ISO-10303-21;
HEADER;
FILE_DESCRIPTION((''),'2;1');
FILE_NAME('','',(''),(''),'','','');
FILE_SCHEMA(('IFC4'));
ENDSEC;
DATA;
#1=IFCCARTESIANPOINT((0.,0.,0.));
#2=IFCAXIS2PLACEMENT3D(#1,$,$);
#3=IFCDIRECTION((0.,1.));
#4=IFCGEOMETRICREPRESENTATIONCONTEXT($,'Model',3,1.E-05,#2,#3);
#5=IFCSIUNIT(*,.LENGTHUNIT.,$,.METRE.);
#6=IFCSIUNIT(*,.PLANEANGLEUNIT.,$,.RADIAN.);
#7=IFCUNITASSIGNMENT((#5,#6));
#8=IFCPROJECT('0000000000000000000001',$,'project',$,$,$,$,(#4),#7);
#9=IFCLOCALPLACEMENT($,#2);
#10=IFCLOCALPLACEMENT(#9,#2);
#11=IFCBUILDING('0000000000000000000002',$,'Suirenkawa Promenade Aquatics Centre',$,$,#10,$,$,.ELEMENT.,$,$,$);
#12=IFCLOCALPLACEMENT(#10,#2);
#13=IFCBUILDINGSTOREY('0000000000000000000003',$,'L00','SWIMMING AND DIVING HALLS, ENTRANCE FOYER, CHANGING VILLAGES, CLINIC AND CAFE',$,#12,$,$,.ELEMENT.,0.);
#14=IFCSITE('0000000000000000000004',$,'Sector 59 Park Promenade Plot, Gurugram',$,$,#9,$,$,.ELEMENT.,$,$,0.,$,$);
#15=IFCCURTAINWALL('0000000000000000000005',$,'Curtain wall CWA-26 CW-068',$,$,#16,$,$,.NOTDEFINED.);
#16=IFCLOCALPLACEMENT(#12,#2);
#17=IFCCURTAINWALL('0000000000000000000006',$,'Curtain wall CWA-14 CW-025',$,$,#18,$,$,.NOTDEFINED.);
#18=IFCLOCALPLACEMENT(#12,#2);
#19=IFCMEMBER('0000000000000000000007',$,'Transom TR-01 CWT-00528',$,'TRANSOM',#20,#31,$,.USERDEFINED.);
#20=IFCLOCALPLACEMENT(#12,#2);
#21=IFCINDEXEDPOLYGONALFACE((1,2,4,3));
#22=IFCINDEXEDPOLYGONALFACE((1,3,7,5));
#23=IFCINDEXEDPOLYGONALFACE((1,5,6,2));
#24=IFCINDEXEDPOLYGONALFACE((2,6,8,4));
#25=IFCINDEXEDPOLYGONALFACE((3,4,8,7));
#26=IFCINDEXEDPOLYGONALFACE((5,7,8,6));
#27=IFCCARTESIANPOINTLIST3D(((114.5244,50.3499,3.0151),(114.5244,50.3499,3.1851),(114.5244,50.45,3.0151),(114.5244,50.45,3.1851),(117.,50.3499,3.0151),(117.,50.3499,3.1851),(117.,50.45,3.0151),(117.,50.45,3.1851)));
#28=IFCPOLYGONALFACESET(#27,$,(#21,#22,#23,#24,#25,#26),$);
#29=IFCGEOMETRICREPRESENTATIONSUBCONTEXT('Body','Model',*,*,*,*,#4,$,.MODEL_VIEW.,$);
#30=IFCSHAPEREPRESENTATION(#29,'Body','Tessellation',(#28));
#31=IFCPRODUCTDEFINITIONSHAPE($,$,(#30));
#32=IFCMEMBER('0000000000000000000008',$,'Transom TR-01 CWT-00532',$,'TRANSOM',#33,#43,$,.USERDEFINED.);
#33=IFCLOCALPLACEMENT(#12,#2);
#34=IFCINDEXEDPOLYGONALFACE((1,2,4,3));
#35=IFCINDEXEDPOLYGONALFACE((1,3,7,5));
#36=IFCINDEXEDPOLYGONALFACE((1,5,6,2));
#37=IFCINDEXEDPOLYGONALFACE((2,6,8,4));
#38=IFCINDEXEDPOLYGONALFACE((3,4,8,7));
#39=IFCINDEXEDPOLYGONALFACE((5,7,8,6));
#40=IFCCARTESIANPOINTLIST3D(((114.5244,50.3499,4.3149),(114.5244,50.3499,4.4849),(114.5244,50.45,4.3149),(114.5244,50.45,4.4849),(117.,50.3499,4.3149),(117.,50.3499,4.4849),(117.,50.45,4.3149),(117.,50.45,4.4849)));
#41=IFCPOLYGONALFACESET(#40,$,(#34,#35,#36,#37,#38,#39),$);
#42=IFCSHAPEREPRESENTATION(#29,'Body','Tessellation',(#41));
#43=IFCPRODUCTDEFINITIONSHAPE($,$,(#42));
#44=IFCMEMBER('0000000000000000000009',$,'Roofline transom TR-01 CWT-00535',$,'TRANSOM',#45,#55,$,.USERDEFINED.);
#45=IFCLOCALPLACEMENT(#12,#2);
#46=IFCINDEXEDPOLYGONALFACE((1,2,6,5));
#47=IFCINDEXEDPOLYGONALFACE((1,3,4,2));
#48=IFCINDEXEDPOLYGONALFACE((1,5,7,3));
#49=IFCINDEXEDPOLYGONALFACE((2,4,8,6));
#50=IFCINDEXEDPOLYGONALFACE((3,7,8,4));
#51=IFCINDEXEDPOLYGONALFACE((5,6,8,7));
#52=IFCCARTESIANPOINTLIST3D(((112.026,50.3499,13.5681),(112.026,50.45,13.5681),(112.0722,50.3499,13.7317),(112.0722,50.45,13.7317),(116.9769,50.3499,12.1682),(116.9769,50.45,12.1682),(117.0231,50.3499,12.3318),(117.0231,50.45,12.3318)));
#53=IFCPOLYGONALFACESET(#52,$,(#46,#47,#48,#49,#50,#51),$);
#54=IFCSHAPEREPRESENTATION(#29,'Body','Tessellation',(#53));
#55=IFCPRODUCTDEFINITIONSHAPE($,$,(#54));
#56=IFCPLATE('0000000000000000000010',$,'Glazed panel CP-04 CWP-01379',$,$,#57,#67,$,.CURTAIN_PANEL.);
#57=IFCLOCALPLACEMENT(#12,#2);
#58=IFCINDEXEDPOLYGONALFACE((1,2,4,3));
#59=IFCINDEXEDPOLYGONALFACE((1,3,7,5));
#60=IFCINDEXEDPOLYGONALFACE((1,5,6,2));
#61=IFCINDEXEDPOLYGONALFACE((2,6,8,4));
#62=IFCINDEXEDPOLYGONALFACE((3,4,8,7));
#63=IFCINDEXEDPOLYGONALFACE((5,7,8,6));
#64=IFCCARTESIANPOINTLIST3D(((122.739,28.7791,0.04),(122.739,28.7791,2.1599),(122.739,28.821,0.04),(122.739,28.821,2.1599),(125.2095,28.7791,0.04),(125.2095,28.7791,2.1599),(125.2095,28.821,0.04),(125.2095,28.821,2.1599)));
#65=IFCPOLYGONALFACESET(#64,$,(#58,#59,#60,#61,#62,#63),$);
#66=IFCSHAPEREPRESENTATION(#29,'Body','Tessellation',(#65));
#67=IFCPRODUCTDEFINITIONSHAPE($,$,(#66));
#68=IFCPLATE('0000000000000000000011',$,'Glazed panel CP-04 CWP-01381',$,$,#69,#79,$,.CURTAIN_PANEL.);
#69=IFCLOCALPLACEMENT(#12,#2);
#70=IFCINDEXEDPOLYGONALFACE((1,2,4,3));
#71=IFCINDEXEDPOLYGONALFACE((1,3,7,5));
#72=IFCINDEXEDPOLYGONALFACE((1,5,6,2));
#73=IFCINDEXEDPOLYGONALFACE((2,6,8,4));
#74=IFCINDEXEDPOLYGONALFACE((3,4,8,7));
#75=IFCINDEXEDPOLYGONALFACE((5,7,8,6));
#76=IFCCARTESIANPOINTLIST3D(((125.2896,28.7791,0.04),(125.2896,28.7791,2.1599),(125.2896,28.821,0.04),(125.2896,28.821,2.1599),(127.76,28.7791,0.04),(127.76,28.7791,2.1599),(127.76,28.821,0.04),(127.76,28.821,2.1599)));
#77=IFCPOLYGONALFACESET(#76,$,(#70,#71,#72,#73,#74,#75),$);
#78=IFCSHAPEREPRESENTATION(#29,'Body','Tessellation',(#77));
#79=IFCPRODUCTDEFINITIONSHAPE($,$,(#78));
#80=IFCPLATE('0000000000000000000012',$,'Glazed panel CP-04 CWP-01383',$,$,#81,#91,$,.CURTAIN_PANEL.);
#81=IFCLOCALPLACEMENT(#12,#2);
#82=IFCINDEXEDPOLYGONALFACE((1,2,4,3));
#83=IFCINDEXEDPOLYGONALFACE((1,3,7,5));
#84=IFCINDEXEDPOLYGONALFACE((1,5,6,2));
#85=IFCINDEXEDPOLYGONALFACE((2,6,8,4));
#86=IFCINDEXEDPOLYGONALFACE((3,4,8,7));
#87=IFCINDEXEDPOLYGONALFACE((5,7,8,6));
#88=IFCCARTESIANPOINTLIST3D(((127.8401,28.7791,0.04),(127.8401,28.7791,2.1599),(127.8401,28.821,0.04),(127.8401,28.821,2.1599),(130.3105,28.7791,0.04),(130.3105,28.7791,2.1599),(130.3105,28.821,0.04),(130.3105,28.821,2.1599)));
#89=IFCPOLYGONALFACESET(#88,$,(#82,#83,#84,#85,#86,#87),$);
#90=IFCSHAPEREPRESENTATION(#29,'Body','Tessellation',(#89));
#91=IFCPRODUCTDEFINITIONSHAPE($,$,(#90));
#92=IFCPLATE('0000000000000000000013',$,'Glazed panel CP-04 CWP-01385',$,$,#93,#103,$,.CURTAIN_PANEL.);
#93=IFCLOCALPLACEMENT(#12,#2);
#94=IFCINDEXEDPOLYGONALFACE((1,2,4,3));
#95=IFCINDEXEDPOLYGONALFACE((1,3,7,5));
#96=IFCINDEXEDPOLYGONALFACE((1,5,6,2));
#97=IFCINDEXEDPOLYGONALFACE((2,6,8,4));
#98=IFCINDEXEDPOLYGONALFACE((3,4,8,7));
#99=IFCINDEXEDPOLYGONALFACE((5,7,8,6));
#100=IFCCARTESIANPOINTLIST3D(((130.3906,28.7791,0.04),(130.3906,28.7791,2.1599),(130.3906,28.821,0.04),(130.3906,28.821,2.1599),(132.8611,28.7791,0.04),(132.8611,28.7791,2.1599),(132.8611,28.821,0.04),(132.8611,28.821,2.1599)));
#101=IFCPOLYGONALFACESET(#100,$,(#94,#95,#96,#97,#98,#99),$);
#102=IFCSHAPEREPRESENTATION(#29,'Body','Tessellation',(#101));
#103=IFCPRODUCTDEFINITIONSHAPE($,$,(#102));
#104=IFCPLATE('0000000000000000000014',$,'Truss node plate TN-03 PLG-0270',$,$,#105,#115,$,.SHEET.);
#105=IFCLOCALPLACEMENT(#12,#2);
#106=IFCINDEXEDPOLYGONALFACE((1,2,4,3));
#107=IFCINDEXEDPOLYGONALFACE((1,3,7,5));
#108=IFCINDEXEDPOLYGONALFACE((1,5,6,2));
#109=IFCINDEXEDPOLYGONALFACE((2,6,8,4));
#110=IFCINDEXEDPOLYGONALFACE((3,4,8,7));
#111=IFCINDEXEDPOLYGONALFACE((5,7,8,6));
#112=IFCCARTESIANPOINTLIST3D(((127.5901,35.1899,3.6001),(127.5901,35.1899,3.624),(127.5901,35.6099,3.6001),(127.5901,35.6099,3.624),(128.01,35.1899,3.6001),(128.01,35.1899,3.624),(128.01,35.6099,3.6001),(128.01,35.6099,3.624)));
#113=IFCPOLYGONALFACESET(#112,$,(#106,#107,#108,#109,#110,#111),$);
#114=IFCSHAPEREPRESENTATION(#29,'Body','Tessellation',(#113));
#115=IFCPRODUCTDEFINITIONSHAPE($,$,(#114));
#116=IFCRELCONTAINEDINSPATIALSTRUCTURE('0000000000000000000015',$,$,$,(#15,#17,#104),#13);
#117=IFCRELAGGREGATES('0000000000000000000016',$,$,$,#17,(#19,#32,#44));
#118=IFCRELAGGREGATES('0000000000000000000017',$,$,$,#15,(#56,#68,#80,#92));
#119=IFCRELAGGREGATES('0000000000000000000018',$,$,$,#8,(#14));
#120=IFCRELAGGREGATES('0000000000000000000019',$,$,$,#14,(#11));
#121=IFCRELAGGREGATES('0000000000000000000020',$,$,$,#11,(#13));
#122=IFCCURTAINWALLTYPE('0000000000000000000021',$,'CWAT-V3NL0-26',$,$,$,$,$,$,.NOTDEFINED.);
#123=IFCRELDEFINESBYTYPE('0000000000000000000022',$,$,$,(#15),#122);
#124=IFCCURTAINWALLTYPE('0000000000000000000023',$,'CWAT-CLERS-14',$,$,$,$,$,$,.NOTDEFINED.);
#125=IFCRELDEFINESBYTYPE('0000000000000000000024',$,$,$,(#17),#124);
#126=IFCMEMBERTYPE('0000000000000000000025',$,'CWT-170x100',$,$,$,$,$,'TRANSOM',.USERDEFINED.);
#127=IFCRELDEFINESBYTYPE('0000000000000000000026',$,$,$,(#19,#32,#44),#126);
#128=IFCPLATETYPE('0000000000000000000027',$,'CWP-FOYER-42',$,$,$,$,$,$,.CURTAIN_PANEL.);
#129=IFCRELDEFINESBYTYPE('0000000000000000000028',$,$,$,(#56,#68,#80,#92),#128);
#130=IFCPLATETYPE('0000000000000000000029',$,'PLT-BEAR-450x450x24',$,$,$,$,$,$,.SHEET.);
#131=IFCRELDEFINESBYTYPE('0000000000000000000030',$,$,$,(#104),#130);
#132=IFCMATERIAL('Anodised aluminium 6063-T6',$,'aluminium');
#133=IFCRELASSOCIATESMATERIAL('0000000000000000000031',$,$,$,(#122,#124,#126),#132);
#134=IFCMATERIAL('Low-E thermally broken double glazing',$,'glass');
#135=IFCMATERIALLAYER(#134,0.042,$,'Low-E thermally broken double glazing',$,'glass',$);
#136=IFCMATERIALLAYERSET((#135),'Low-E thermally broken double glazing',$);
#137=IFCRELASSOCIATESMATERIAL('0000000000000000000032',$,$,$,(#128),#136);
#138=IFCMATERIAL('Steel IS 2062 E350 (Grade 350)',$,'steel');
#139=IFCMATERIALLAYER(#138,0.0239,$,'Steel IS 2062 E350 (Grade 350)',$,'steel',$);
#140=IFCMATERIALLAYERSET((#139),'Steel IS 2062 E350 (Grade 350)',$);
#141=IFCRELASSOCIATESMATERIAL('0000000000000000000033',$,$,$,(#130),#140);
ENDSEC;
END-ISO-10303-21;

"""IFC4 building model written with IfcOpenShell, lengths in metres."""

from ifc_helpers import new_model, si_unit, direction, frame, origin, origin_2d, place, context, subcontext, project, spatial, polyline, rectangle, outline, extrude, material, layer, layer_set, material_profile, profile_set, type_object, element, aggregate, save


model = new_model("IFC4")

# Units and contexts
model_context = context("Model", 3, precision=1e-05, world=origin(), true_north=direction((0.0, 1.0)))
body_context = subcontext(model_context, "Body", "Model", "MODEL_VIEW")
ifc_project = project(units=[si_unit("LENGTHUNIT", "METRE"), si_unit("PLANEANGLEUNIT", "RADIAN")], contexts=[model_context])

# Site, building, storey
site_placement = place(None, origin())
site = spatial("IfcSite", under=ifc_project, at=site_placement, Name="Sector 59 Park Promenade Plot, Gurugram", CompositionType="ELEMENT", RefElevation=0.0)
building_placement = place(site_placement, origin())
building = spatial("IfcBuilding", under=site, at=building_placement, Name="Suirenkawa Promenade Aquatics Centre", CompositionType="ELEMENT")
storey_placement = place(building_placement, origin())
storey = spatial("IfcBuildingStorey", under=building, at=storey_placement, Name="L00", Description="SWIMMING AND DIVING HALLS, ENTRANCE FOYER, CHANGING VILLAGES, CLINIC AND CAFE", CompositionType="ELEMENT", Elevation=0.0)

# Shared definitions
ifc_material_1 = material(Name="Steel IS 2062 E350 (Grade 350)", Category="steel")

# Curtain walls
ifc_material_2 = material(Name="Anodised aluminium 6063-T6", Category="aluminium")
curtain_wall_type_1 = type_object("IfcCurtainWallType", Name="CWAT-V3NL0-26", PredefinedType="NOTDEFINED", material=ifc_material_2)
curtain_wall_1_placement = place(storey_placement, origin())
curtain_wall_1 = element("IfcCurtainWall", 1, at=curtain_wall_1_placement, inside=storey, type_object=curtain_wall_type_1, Name="Curtain wall CWA-26 CW-068", PredefinedType="NOTDEFINED")
curtain_wall_type_2 = type_object("IfcCurtainWallType", Name="CWAT-CLERS-14", PredefinedType="NOTDEFINED", material=ifc_material_2)
curtain_wall_2_placement = place(storey_placement, origin())
curtain_wall_2 = element("IfcCurtainWall", 2, at=curtain_wall_2_placement, inside=storey, type_object=curtain_wall_type_2, Name="Curtain wall CWA-14 CW-025", PredefinedType="NOTDEFINED")

# Members
ifc_material_profile_1 = material_profile(ifc_material_2, rectangle(XDim=0.1001, YDim=0.1699, at=origin_2d()), Name="ALU TRAN 100x170", Category="aluminium")
ifc_profile_set_1 = profile_set([ifc_material_profile_1], Name="Anodised aluminium 6063-T6")
member_type_1 = type_object("IfcMemberType", Name="CWT-170x100", ElementType="TRANSOM", PredefinedType="USERDEFINED", material=ifc_profile_set_1)
member_1_placement = place(storey_placement, frame((117.0, 50.3999, 3.1001), z_axis=(-1.0, 0.0, 0.0), x_axis=(0.0, -1.0, 0.0)))
member_1 = element("IfcMember", 3, at=member_1_placement, type_object=member_type_1, Name="Transom TR-01 CWT-00528", ObjectType="TRANSOM", PredefinedType="USERDEFINED", context=body_context, shape_type="SweptSolid", body=[
    extrude(rectangle(XDim=0.1001, YDim=0.1699, at=origin_2d()), origin(), (0.0, 0.0, 1.0), 2.4756),
])
member_2_placement = place(storey_placement, frame((117.0, 50.3999, 4.3999), z_axis=(-1.0, 0.0, 0.0), x_axis=(0.0, -1.0, 0.0)))
member_2 = element("IfcMember", 4, at=member_2_placement, type_object=member_type_1, Name="Transom TR-01 CWT-00532", ObjectType="TRANSOM", PredefinedType="USERDEFINED", context=body_context, shape_type="SweptSolid", body=[
    extrude(rectangle(XDim=0.1001, YDim=0.1699, at=origin_2d()), origin(), (0.0, 0.0, 1.0), 2.4756),
])
member_3_placement = place(storey_placement, frame((117.0, 50.3999, 12.25), z_axis=(-0.962272, 0.0, 0.272088), x_axis=(0.0, -1.0, 0.0)))
member_3 = element("IfcMember", 5, at=member_3_placement, type_object=member_type_1, Name="Roofline transom TR-01 CWT-00535", ObjectType="TRANSOM", PredefinedType="USERDEFINED", context=body_context, shape_type="SweptSolid", body=[
    extrude(rectangle(XDim=0.1001, YDim=0.1699, at=origin_2d()), origin(), (0.0, 0.0, 1.0), 5.145),
])

# Plates
aggregate(curtain_wall_2, [member_1, member_2, member_3])
ifc_material_3 = material(Name="Low-E thermally broken double glazing", Category="glass")
ifc_layer_1 = layer(ifc_material_3, 0.042, Name="Low-E thermally broken double glazing", Category="glass")
ifc_layer_set_1 = layer_set([ifc_layer_1], Name="Low-E thermally broken double glazing")
plate_type_1 = type_object("IfcPlateType", Name="CWP-FOYER-42", PredefinedType="CURTAIN_PANEL", material=ifc_layer_set_1)
plate_1_placement = place(storey_placement, frame((122.699, 28.8, 0.04), z_axis=(0.0, 0.0, 1.0), x_axis=(1.0, 0.0, 0.0)))
plate_1 = element("IfcPlate", 6, at=plate_1_placement, type_object=plate_type_1, Name="Glazed panel CP-04 CWP-01379", PredefinedType="CURTAIN_PANEL", context=body_context, shape_type="SweptSolid", body=[
    extrude(outline(polyline([(0.04, 0.0), (2.5105, 0.0), (2.5105, 2.1199), (0.04, 2.1199), (0.04, 0.0)])), frame((0.0, 0.021, 0.0), z_axis=(0.0, -1.0, 0.0), x_axis=(1.0, 0.0, 0.0)), (0.0, 0.0, 1.0), 0.042),
])
plate_2_placement = place(storey_placement, frame((125.2495, 28.8, 0.04), z_axis=(0.0, 0.0, 1.0), x_axis=(1.0, 0.0, 0.0)))
plate_2 = element("IfcPlate", 7, at=plate_2_placement, type_object=plate_type_1, Name="Glazed panel CP-04 CWP-01381", PredefinedType="CURTAIN_PANEL", context=body_context, shape_type="SweptSolid", body=[
    extrude(outline(polyline([(0.04, 0.0), (2.5105, 0.0), (2.5105, 2.1199), (0.04, 2.1199), (0.04, 0.0)])), frame((0.0, 0.021, 0.0), z_axis=(0.0, -1.0, 0.0), x_axis=(1.0, 0.0, 0.0)), (0.0, 0.0, 1.0), 0.042),
])
plate_3_placement = place(storey_placement, frame((127.8, 28.8, 0.04), z_axis=(0.0, 0.0, 1.0), x_axis=(1.0, 0.0, 0.0)))
plate_3 = element("IfcPlate", 8, at=plate_3_placement, type_object=plate_type_1, Name="Glazed panel CP-04 CWP-01383", PredefinedType="CURTAIN_PANEL", context=body_context, shape_type="SweptSolid", body=[
    extrude(outline(polyline([(0.04, 0.0), (2.5105, 0.0), (2.5105, 2.1199), (0.04, 2.1199), (0.04, 0.0)])), frame((0.0, 0.021, 0.0), z_axis=(0.0, -1.0, 0.0), x_axis=(1.0, 0.0, 0.0)), (0.0, 0.0, 1.0), 0.042),
])
plate_4_placement = place(storey_placement, frame((130.3506, 28.8, 0.04), z_axis=(0.0, 0.0, 1.0), x_axis=(1.0, 0.0, 0.0)))
plate_4 = element("IfcPlate", 9, at=plate_4_placement, type_object=plate_type_1, Name="Glazed panel CP-04 CWP-01385", PredefinedType="CURTAIN_PANEL", context=body_context, shape_type="SweptSolid", body=[
    extrude(outline(polyline([(0.04, 0.0), (2.5105, 0.0), (2.5105, 2.1199), (0.04, 2.1199), (0.04, 0.0)])), frame((0.0, 0.021, 0.0), z_axis=(0.0, -1.0, 0.0), x_axis=(1.0, 0.0, 0.0)), (0.0, 0.0, 1.0), 0.042),
])
aggregate(curtain_wall_1, [plate_1, plate_2, plate_3, plate_4])
ifc_layer_2 = layer(ifc_material_1, 0.0239, Name="Steel IS 2062 E350 (Grade 350)", Category="steel")
ifc_layer_set_2 = layer_set([ifc_layer_2], Name="Steel IS 2062 E350 (Grade 350)")
plate_type_2 = type_object("IfcPlateType", Name="PLT-BEAR-450x450x24", PredefinedType="SHEET", material=ifc_layer_set_2)
plate_5_placement = place(storey_placement, frame((127.8, 35.3999, 3.6001), z_axis=(0.0, 0.0, 1.0), x_axis=(1.0, 0.0, 0.0)))
element("IfcPlate", 10, at=plate_5_placement, inside=storey, type_object=plate_type_2, Name="Truss node plate TN-03 PLG-0270", PredefinedType="SHEET", context=body_context, shape_type="SweptSolid", body=[
    extrude(rectangle(XDim=0.4199, YDim=0.4199, at=origin_2d()), origin(), (0.0, 0.0, 1.0), 0.0239),
])

save(model, "model.ifc")
